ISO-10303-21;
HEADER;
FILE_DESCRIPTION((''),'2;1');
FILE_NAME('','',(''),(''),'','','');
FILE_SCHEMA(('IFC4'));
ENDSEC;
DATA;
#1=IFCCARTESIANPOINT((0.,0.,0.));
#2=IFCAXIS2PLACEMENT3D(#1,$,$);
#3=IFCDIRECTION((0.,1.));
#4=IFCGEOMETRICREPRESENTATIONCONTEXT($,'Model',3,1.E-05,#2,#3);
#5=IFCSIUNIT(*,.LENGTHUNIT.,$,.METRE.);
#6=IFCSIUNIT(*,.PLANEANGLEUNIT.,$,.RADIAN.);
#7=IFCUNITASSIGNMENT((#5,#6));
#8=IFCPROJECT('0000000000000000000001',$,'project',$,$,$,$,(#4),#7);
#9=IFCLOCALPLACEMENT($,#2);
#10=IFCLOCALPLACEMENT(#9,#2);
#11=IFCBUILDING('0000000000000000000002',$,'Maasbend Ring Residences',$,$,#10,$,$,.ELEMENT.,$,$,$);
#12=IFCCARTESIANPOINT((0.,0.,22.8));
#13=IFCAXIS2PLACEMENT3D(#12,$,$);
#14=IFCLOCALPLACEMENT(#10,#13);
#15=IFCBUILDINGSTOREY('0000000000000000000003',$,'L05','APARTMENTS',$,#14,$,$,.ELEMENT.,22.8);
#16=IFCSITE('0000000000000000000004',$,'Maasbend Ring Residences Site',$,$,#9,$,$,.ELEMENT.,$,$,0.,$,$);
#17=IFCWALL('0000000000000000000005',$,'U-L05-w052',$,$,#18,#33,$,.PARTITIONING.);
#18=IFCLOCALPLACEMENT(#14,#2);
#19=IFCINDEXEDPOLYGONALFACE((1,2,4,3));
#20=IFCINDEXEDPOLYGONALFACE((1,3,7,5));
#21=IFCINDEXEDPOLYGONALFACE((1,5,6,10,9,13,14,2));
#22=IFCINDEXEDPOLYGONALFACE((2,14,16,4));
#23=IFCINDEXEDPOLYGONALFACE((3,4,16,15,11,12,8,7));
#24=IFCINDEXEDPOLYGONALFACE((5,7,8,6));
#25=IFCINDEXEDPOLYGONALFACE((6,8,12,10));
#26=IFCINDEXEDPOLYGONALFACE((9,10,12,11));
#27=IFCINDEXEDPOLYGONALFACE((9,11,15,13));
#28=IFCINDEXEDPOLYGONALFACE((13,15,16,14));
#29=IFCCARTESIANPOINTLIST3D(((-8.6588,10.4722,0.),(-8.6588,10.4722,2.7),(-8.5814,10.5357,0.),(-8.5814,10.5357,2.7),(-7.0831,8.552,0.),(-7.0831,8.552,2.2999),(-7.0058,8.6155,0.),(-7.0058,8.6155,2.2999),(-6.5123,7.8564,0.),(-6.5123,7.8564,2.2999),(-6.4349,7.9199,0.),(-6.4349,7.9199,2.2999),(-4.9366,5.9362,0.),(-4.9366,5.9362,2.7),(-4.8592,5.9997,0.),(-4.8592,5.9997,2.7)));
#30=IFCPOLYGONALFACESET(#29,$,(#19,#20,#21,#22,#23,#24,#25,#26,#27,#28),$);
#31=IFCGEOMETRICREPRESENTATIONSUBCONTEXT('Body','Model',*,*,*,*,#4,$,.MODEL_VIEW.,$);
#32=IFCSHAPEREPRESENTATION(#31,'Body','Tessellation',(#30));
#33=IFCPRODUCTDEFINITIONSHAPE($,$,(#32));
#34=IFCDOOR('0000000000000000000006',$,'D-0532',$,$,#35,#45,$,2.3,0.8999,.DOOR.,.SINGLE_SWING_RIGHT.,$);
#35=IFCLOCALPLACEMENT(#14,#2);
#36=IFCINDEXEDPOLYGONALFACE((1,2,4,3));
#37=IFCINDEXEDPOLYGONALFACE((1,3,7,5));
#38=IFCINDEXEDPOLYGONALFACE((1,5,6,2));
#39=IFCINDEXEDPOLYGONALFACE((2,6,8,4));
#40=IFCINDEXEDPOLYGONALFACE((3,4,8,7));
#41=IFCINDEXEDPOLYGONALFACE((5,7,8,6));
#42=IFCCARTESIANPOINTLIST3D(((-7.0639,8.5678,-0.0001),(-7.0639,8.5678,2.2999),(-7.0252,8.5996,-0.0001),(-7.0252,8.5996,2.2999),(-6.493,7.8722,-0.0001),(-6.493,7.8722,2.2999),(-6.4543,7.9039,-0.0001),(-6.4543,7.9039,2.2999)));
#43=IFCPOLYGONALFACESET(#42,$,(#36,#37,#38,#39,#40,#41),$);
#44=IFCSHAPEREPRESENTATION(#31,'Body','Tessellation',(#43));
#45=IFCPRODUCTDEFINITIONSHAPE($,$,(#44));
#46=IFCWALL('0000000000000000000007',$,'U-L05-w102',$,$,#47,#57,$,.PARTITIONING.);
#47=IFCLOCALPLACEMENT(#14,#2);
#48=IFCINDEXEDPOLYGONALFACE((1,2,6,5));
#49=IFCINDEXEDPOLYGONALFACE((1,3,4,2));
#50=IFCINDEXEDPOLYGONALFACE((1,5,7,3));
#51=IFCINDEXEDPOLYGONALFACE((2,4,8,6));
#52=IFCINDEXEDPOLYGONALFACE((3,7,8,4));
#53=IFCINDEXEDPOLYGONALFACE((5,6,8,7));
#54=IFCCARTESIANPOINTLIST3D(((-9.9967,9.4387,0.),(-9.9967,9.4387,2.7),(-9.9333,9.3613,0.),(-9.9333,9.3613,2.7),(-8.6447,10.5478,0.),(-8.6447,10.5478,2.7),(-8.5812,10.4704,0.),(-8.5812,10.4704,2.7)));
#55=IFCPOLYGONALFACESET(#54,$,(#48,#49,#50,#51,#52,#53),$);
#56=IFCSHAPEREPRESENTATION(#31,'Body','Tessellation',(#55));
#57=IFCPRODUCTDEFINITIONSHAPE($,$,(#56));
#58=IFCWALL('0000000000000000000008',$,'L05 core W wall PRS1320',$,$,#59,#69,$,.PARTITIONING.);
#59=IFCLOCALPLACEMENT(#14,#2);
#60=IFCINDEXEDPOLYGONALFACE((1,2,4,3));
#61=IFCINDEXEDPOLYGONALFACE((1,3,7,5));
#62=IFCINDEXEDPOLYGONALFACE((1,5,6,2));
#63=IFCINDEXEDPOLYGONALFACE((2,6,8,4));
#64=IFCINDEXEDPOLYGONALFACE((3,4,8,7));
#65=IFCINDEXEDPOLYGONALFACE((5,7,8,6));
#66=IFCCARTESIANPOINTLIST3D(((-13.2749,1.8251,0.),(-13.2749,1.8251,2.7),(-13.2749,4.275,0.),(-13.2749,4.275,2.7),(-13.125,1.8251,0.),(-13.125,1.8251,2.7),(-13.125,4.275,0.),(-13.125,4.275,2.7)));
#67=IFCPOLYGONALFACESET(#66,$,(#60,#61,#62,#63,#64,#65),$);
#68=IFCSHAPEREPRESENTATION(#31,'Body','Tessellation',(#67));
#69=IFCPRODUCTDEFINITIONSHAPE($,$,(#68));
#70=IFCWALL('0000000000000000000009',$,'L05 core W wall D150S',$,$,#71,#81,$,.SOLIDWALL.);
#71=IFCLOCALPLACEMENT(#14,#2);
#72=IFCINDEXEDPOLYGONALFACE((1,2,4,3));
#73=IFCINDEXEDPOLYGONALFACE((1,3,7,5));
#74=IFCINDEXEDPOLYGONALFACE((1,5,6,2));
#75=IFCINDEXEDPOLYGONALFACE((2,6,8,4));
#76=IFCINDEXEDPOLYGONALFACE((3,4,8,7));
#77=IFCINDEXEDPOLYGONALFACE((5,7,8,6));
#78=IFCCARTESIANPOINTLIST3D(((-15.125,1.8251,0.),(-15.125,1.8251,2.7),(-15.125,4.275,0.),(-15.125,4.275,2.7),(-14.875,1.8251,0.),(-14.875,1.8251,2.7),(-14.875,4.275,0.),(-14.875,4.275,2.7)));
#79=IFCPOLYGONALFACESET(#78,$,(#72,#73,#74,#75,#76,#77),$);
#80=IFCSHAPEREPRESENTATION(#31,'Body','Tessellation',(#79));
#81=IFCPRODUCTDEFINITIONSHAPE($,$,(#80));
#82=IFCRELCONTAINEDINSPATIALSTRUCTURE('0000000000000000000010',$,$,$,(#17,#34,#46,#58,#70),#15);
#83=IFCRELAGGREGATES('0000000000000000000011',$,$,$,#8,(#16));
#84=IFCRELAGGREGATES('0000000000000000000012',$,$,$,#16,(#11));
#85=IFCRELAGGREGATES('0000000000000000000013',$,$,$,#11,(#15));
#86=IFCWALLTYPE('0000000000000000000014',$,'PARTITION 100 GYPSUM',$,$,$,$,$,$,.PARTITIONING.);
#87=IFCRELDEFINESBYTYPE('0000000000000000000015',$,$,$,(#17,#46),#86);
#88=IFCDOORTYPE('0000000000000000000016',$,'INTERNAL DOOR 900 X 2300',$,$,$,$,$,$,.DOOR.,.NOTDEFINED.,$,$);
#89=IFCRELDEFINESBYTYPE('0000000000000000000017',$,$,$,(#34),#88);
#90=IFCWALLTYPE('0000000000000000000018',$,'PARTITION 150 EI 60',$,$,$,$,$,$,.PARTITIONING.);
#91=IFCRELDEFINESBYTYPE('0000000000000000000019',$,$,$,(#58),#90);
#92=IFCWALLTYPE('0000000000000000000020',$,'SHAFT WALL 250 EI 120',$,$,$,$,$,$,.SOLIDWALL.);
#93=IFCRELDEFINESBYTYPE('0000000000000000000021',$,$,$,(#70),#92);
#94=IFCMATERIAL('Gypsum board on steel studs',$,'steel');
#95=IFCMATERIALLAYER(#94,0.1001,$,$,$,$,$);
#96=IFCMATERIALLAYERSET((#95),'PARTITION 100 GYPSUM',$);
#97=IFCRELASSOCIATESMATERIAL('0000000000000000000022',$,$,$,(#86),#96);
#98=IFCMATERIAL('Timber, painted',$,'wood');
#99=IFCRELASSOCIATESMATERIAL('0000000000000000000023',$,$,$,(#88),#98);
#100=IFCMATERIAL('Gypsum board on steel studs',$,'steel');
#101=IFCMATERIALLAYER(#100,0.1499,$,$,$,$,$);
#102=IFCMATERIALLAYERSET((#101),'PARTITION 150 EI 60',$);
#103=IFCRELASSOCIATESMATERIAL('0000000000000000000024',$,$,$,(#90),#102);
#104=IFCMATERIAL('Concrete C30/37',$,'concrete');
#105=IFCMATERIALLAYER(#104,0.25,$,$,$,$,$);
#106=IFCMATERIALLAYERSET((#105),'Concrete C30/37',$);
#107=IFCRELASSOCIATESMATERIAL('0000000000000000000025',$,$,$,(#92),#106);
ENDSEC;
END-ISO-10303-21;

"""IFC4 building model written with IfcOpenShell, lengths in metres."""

from ifc_helpers import new_model, si_unit, direction, frame, frame_2d, origin, place, context, subcontext, project, spatial, rectangle, extrude, material, layer, layer_set, type_object, element, fill, save


model = new_model("IFC4")

# Units and contexts
model_context = context("Model", 3, precision=1e-05, world=origin(), true_north=direction((0.0, 1.0)))
body_context = subcontext(model_context, "Body", "Model", "MODEL_VIEW")
ifc_project = project(units=[si_unit("LENGTHUNIT", "METRE"), si_unit("PLANEANGLEUNIT", "RADIAN")], contexts=[model_context])

# Site, building, storey
site_placement = place(None, origin())
site = spatial("IfcSite", under=ifc_project, at=site_placement, Name="Maasbend Ring Residences Site", CompositionType="ELEMENT", RefElevation=0.0)
building_placement = place(site_placement, origin())
building = spatial("IfcBuilding", under=site, at=building_placement, Name="Maasbend Ring Residences", CompositionType="ELEMENT")
storey_placement = place(building_placement, frame((0.0, 0.0, 22.8)))
storey = spatial("IfcBuildingStorey", under=building, at=storey_placement, Name="L05", Description="APARTMENTS", CompositionType="ELEMENT", Elevation=22.8)

# Shared definitions
ifc_material_1 = material(Name="Gypsum board on steel studs", Category="steel")
ifc_layer_1 = layer(ifc_material_1, 0.1001)
ifc_layer_set_1 = layer_set([ifc_layer_1], Name="PARTITION 100 GYPSUM")
wall_type_1 = type_object("IfcWallType", Name="PARTITION 100 GYPSUM", PredefinedType="PARTITIONING", material=ifc_layer_set_1)
ifc_material_2 = material(Name="Timber, painted", Category="wood")
door_type_1 = type_object("IfcDoorType", Name="INTERNAL DOOR 900 X 2300", OperationType="NOTDEFINED", PredefinedType="DOOR", material=ifc_material_2)

# Wall, opening, door
wall_1_placement = place(storey_placement, frame((-8.6201, 10.5039, 0.0), z_axis=(0.0, 0.0, 1.0), x_axis=(0.634359, -0.773039, 0.0)))
wall_1 = element("IfcWall", 1, at=wall_1_placement, inside=storey, type_object=wall_type_1, Name="U-L05-w052", PredefinedType="PARTITIONING", context=body_context, shape_type="SweptSolid", body=[
    extrude(rectangle(XDim=5.8677, YDim=0.1001, at=frame_2d((2.9338, 0.0))), origin(), (0.0, 0.0, 1.0), 2.7),
])
opening_1_placement = place(wall_1_placement, frame((2.4839, 0.0, 0.0)))
opening_1 = element("IfcOpeningElement", 2, at=opening_1_placement, cuts=wall_1, PredefinedType="OPENING", context=body_context, shape_type="SweptSolid", body=[
    extrude(rectangle(XDim=0.8999, YDim=2.3, at=frame_2d((0.45, 1.1499))), frame((0.0, 0.0601, 0.0), z_axis=(0.0, -1.0, 0.0), x_axis=(1.0, 0.0, 0.0)), (0.0, 0.0, 1.0), 0.1201),
])
door_1_placement = place(opening_1_placement, origin())
door_1 = element("IfcDoor", 3, at=door_1_placement, inside=storey, type_object=door_type_1, Name="D-0532", OperationType="SINGLE_SWING_RIGHT", OverallHeight=2.3, OverallWidth=0.8999, PredefinedType="DOOR", context=body_context, shape_type="SweptSolid", body=[
    extrude(rectangle(XDim=0.8999, YDim=2.3, at=frame_2d((0.45, 1.1499))), frame((0.0, 0.0249, 0.0), z_axis=(0.0, -1.0, 0.0), x_axis=(1.0, 0.0, 0.0)), (0.0, 0.0, 1.0), 0.05),
])
fill(opening_1, door_1)

# Walls
wall_2_placement = place(storey_placement, frame((-9.9651, 9.3999, 0.0), z_axis=(0.0, 0.0, 1.0), x_axis=(0.773142, 0.634233, 0.0)))
element("IfcWall", 4, at=wall_2_placement, inside=storey, type_object=wall_type_1, Name="U-L05-w102", PredefinedType="PARTITIONING", context=body_context, shape_type="SweptSolid", body=[
    extrude(rectangle(XDim=1.7488, YDim=0.1001, at=frame_2d((0.8745, 0.0))), origin(), (0.0, 0.0, 1.0), 2.7),
])
ifc_material_3 = material(Name="Gypsum board on steel studs", Category="steel")
ifc_layer_2 = layer(ifc_material_3, 0.1499)
ifc_layer_set_2 = layer_set([ifc_layer_2], Name="PARTITION 150 EI 60")
wall_type_2 = type_object("IfcWallType", Name="PARTITION 150 EI 60", PredefinedType="PARTITIONING", material=ifc_layer_set_2)
wall_3_placement = place(storey_placement, frame((-13.2, 1.825, 0.0), z_axis=(0.0, 0.0, 1.0), x_axis=(0.0, 1.0, 0.0)))
element("IfcWall", 5, at=wall_3_placement, inside=storey, type_object=wall_type_2, Name="L05 core W wall PRS1320", PredefinedType="PARTITIONING", context=body_context, shape_type="SweptSolid", body=[
    extrude(rectangle(XDim=2.45, YDim=0.1499, at=frame_2d((1.2251, 0.0))), origin(), (0.0, 0.0, 1.0), 2.7),
])
ifc_material_4 = material(Name="Concrete C30/37", Category="concrete")
ifc_layer_3 = layer(ifc_material_4, 0.25)
ifc_layer_set_3 = layer_set([ifc_layer_3], Name="Concrete C30/37")
wall_type_3 = type_object("IfcWallType", Name="SHAFT WALL 250 EI 120", PredefinedType="SOLIDWALL", material=ifc_layer_set_3)
wall_4_placement = place(storey_placement, frame((-15.0, 1.825, 0.0), z_axis=(0.0, 0.0, 1.0), x_axis=(0.0, 1.0, 0.0)))
element("IfcWall", 6, at=wall_4_placement, inside=storey, type_object=wall_type_3, Name="L05 core W wall D150S", PredefinedType="SOLIDWALL", context=body_context, shape_type="SweptSolid", body=[
    extrude(rectangle(XDim=2.45, YDim=0.25, at=frame_2d((1.2251, 0.0))), origin(), (0.0, 0.0, 1.0), 2.7),
])

save(model, "model.ifc")
